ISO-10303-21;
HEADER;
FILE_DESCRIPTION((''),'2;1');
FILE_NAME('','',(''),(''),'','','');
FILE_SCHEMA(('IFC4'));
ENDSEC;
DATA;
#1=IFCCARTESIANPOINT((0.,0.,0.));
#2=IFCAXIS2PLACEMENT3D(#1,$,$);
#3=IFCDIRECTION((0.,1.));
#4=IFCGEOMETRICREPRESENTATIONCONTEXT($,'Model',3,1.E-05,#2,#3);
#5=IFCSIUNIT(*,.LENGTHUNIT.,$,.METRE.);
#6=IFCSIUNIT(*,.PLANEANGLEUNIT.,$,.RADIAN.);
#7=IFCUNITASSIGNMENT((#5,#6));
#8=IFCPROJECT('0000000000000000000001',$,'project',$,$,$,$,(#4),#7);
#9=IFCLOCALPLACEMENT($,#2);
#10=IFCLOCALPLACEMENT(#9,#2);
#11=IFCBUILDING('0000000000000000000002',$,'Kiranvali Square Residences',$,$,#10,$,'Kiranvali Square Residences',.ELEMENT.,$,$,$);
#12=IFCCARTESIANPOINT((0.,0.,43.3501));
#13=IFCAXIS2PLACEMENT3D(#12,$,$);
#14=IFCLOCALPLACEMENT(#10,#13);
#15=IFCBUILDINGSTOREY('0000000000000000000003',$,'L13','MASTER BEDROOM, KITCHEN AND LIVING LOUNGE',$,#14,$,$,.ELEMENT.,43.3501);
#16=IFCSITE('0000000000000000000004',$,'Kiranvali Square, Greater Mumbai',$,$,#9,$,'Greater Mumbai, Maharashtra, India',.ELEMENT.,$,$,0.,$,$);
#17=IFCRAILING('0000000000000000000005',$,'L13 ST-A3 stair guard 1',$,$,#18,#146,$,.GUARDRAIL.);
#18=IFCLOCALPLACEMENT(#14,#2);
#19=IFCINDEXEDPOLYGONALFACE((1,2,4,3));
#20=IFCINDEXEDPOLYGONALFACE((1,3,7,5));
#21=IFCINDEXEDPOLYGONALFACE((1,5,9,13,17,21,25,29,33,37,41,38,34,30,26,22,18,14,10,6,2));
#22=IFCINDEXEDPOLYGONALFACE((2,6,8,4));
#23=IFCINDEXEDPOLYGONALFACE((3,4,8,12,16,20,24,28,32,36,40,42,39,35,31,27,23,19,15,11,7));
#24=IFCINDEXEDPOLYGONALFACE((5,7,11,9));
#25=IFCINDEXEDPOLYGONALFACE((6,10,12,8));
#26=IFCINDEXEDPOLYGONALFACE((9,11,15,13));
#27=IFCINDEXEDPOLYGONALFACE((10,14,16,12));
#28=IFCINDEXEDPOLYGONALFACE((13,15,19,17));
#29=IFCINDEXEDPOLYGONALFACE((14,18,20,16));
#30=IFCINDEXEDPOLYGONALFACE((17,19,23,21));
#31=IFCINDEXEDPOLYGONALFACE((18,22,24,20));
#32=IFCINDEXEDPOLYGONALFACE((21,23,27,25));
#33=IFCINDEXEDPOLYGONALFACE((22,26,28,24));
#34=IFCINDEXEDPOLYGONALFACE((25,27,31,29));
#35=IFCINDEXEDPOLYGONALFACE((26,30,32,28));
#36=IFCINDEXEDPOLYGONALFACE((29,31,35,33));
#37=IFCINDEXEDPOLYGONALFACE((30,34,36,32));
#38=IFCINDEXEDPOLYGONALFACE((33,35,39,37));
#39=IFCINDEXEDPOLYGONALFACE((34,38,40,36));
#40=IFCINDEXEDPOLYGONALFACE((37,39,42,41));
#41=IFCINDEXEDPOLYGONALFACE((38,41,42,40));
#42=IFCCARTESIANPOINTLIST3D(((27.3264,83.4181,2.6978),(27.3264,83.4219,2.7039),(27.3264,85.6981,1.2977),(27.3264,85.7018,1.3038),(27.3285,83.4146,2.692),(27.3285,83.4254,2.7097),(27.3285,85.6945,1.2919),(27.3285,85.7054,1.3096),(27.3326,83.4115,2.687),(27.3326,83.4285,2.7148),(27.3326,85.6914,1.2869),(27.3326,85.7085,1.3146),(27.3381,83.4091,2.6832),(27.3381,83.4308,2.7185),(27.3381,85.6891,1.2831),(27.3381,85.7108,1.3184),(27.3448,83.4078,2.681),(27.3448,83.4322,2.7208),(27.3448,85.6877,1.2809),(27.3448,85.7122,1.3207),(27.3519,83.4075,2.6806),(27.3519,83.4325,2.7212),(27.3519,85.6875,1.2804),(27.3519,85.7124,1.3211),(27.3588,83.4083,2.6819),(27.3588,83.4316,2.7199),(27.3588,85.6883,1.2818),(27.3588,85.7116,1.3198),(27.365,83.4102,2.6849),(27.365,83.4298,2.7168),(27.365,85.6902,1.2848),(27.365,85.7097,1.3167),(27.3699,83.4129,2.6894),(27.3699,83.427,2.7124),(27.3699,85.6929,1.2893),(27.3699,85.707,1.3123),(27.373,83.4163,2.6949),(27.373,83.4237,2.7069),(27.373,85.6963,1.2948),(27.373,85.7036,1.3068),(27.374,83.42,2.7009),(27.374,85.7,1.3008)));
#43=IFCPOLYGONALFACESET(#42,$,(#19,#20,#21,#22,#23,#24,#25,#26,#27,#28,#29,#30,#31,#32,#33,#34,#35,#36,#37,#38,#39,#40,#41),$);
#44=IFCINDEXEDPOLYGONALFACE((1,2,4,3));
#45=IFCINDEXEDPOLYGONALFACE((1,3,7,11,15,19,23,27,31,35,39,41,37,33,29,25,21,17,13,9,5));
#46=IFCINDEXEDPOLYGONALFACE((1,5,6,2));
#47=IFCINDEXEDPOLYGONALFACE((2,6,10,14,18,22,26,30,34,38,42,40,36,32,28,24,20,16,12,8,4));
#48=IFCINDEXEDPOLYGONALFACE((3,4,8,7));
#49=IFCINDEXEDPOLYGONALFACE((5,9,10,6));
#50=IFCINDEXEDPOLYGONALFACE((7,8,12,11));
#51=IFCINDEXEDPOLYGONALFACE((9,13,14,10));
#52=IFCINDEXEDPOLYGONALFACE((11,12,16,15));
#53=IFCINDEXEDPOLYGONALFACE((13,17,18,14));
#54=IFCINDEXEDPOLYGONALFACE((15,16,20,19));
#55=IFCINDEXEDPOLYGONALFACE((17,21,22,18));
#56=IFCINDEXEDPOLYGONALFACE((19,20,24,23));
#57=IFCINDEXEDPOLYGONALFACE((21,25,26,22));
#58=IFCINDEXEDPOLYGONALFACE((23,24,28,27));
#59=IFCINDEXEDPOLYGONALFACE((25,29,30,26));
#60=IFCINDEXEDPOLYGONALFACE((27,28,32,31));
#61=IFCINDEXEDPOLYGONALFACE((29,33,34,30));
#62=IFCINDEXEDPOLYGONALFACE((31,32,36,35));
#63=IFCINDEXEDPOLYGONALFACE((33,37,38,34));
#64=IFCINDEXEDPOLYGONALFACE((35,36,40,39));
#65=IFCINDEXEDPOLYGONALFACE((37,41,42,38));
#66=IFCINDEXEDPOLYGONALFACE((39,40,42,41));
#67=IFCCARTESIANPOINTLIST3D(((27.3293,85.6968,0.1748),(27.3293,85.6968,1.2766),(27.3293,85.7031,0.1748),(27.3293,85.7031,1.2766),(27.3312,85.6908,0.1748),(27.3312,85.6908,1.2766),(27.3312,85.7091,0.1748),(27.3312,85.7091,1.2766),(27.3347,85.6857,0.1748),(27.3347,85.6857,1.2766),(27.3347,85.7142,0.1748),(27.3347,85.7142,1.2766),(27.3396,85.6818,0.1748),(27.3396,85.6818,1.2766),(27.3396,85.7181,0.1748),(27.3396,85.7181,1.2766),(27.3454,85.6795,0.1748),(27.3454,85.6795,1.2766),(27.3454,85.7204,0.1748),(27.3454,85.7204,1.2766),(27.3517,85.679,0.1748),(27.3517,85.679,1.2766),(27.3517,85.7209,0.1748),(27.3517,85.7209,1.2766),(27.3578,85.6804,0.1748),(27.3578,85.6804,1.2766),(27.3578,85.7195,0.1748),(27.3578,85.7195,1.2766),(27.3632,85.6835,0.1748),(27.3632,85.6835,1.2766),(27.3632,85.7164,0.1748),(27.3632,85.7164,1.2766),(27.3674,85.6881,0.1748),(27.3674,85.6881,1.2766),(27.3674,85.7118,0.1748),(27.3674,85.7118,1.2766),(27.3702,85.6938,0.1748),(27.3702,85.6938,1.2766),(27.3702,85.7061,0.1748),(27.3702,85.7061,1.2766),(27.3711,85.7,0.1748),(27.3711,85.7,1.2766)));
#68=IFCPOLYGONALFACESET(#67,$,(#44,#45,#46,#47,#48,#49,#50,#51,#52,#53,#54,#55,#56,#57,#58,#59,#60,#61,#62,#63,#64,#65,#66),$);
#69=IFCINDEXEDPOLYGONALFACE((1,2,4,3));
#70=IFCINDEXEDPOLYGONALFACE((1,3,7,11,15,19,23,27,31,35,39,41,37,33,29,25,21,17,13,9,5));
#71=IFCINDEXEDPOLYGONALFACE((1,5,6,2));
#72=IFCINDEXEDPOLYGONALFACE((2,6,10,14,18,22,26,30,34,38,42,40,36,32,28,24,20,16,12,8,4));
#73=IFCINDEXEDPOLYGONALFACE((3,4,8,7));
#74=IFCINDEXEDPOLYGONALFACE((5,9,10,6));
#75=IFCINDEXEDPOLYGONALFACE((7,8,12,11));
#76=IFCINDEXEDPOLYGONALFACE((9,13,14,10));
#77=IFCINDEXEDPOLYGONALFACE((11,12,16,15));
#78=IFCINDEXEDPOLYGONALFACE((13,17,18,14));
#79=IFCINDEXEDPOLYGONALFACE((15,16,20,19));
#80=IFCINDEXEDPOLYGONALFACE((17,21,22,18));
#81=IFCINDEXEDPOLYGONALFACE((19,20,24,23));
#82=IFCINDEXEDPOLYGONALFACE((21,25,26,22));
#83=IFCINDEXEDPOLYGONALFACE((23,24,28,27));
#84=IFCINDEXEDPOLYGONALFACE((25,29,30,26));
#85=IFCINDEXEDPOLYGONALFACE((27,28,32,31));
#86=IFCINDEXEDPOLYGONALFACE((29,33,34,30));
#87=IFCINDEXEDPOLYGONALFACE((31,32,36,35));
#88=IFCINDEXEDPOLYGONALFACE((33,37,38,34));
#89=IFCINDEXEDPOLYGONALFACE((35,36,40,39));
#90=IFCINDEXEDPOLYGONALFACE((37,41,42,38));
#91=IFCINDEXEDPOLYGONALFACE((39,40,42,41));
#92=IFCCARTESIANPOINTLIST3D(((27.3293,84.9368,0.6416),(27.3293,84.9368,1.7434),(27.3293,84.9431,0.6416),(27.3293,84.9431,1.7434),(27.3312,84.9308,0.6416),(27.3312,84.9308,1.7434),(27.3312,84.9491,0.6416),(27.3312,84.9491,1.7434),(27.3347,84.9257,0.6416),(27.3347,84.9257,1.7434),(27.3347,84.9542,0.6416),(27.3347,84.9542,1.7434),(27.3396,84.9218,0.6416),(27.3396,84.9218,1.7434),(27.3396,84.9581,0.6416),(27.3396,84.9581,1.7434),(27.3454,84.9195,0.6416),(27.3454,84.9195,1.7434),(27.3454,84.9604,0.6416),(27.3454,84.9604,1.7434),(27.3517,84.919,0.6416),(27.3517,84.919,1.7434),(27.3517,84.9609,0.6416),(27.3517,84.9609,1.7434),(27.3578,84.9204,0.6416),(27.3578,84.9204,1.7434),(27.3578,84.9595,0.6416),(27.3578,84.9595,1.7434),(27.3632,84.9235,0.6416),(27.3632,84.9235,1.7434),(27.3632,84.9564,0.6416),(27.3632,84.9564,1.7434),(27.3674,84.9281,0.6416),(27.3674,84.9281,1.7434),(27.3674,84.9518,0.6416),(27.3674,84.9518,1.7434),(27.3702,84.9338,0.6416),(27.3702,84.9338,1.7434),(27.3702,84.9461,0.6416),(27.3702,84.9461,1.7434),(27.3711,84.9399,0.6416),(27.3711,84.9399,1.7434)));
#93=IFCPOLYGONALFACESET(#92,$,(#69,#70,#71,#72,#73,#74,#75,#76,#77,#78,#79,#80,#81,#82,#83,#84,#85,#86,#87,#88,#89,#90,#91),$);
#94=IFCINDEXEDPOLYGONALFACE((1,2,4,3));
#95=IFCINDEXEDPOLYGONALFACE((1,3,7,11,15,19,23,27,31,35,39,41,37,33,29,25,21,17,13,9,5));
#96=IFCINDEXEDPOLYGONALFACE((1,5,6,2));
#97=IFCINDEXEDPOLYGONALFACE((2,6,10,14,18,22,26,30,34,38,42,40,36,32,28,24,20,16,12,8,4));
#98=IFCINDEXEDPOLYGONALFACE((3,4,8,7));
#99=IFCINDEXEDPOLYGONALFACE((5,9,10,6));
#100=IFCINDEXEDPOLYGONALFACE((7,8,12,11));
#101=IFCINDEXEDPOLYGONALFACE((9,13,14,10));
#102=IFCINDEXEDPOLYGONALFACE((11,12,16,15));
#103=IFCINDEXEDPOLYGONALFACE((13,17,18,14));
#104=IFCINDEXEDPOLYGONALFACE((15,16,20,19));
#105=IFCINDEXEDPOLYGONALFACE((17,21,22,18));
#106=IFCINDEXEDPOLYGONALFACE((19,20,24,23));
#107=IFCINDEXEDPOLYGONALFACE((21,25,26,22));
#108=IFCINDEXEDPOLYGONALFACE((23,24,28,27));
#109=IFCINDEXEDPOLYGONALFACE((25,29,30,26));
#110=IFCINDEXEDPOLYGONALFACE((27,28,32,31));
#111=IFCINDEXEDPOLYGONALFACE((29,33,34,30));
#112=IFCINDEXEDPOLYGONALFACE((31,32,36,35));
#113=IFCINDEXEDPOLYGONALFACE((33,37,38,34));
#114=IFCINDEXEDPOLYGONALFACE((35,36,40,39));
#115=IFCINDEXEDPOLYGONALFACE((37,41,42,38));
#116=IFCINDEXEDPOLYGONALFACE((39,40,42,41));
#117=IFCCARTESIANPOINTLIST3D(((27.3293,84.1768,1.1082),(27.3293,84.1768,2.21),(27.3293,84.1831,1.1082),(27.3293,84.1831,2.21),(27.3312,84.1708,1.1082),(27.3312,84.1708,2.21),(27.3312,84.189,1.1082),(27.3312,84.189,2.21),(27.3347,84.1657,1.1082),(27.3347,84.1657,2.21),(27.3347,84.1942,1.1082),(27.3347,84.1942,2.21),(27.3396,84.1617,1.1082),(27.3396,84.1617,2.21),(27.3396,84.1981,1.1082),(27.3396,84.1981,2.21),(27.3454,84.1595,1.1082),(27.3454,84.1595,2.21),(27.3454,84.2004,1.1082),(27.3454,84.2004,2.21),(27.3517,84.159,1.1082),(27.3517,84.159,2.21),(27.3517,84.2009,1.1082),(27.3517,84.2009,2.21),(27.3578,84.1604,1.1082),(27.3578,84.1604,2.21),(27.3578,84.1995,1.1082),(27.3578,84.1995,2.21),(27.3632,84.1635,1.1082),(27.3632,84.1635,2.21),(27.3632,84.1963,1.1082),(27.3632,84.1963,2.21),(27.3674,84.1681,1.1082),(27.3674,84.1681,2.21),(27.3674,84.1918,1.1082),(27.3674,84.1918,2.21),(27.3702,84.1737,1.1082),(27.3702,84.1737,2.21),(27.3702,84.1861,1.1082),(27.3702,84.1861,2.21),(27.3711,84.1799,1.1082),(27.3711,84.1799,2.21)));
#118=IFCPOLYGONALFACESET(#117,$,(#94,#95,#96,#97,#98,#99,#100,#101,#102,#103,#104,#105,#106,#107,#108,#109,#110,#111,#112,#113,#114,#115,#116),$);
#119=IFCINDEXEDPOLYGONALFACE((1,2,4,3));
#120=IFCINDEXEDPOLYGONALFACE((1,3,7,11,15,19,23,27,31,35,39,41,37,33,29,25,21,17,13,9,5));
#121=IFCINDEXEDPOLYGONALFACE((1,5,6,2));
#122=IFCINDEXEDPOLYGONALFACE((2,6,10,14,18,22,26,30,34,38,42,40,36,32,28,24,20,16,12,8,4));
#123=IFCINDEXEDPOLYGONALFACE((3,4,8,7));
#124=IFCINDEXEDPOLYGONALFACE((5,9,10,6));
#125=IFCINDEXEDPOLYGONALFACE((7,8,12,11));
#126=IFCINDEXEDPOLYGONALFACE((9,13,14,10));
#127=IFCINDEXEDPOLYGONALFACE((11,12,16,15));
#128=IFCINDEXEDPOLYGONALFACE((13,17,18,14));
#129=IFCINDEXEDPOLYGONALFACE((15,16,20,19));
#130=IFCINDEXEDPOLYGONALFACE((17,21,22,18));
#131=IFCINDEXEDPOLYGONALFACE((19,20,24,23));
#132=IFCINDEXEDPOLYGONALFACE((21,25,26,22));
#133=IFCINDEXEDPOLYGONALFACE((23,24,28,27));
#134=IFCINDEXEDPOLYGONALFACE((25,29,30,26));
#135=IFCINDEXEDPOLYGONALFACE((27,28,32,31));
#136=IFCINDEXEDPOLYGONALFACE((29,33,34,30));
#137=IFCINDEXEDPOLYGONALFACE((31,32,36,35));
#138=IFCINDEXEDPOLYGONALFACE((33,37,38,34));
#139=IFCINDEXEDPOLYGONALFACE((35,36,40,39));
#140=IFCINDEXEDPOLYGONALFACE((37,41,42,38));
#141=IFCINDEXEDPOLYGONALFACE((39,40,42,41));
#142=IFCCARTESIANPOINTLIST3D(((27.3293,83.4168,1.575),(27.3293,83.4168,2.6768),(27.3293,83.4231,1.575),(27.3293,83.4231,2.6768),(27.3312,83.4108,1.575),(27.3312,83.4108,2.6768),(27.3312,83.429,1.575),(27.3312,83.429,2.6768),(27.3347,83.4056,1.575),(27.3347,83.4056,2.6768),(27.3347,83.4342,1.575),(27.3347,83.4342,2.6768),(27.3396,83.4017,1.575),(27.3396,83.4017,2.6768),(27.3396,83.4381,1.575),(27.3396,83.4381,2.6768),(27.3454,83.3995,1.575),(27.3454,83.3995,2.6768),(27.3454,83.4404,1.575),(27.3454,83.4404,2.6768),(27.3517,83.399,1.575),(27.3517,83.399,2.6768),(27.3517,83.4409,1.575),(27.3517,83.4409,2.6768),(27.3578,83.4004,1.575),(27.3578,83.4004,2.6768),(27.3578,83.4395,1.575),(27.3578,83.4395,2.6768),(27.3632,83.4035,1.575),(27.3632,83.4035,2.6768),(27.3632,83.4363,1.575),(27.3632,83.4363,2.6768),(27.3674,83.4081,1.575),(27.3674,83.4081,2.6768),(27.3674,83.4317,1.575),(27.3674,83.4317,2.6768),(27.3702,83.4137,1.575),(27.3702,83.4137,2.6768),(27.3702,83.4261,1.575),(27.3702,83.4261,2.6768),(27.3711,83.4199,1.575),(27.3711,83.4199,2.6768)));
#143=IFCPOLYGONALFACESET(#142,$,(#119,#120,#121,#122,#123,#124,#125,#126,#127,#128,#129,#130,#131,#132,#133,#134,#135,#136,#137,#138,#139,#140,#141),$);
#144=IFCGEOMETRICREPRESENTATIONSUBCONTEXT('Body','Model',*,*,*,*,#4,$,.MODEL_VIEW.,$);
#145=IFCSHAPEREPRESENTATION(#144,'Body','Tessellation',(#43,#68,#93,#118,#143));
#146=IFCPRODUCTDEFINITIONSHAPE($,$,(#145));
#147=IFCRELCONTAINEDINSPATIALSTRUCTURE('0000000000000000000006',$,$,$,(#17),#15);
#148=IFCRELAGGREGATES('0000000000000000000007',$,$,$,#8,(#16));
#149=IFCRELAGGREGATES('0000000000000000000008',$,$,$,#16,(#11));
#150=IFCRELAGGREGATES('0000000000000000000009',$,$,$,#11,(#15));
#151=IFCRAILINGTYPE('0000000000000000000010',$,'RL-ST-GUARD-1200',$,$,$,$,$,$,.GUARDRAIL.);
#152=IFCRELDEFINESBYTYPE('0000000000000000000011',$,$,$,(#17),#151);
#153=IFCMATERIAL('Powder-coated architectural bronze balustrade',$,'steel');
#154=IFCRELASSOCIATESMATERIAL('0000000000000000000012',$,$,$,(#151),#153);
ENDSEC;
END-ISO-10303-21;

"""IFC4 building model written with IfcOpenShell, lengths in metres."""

from ifc_helpers import new_model, si_unit, direction, frame, origin, origin_2d, place, context, subcontext, project, spatial, circle, extrude, material, type_object, element, save


model = new_model("IFC4")

# Units and contexts
model_context = context("Model", 3, precision=1e-05, world=origin(), true_north=direction((0.0, 1.0)))
body_context = subcontext(model_context, "Body", "Model", "MODEL_VIEW")
ifc_project = project(units=[si_unit("LENGTHUNIT", "METRE"), si_unit("PLANEANGLEUNIT", "RADIAN")], contexts=[model_context])

# Site, building, storey
site_placement = place(None, origin())
site = spatial("IfcSite", under=ifc_project, at=site_placement, Name="Kiranvali Square, Greater Mumbai", LongName="Greater Mumbai, Maharashtra, India", CompositionType="ELEMENT", RefElevation=0.0)
building_placement = place(site_placement, origin())
building = spatial("IfcBuilding", under=site, at=building_placement, Name="Kiranvali Square Residences", LongName="Kiranvali Square Residences", CompositionType="ELEMENT")
storey_placement = place(building_placement, frame((0.0, 0.0, 43.3501)))
storey = spatial("IfcBuildingStorey", under=building, at=storey_placement, Name="L13", Description="MASTER BEDROOM, KITCHEN AND LIVING LOUNGE", CompositionType="ELEMENT", Elevation=43.3501)

# Railing
ifc_material_1 = material(Name="Powder-coated architectural bronze balustrade", Category="steel")
railing_type_1 = type_object("IfcRailingType", Name="RL-ST-GUARD-1200", PredefinedType="GUARDRAIL", material=ifc_material_1)
railing_1_placement = place(storey_placement, frame((27.3501, 85.7, 0.1748)))
element("IfcRailing", 1, at=railing_1_placement, inside=storey, type_object=railing_type_1, Name="L13 ST-A3 stair guard 1", PredefinedType="GUARDRAIL", context=body_context, shape_type="SweptSolid", body=[
    extrude(circle(Radius=0.0239, at=origin_2d()), frame((0.0, 0.0, 1.126), z_axis=(0.0, -0.85215, 0.523298), x_axis=(1.0, 0.0, 0.0)), (0.0, 0.0, 1.0), 2.6755),
    extrude(circle(Radius=0.021, at=origin_2d()), origin(), (0.0, 0.0, 1.0), 1.1018),
    extrude(circle(Radius=0.021, at=origin_2d()), frame((0.0, -0.76, 0.4668)), (0.0, 0.0, 1.0), 1.1018),
    extrude(circle(Radius=0.021, at=origin_2d()), frame((0.0, -1.52, 0.9333)), (0.0, 0.0, 1.0), 1.1018),
    extrude(circle(Radius=0.021, at=origin_2d()), frame((0.0, -2.28, 1.4001)), (0.0, 0.0, 1.0), 1.1018),
])

save(model, "model.ifc")
